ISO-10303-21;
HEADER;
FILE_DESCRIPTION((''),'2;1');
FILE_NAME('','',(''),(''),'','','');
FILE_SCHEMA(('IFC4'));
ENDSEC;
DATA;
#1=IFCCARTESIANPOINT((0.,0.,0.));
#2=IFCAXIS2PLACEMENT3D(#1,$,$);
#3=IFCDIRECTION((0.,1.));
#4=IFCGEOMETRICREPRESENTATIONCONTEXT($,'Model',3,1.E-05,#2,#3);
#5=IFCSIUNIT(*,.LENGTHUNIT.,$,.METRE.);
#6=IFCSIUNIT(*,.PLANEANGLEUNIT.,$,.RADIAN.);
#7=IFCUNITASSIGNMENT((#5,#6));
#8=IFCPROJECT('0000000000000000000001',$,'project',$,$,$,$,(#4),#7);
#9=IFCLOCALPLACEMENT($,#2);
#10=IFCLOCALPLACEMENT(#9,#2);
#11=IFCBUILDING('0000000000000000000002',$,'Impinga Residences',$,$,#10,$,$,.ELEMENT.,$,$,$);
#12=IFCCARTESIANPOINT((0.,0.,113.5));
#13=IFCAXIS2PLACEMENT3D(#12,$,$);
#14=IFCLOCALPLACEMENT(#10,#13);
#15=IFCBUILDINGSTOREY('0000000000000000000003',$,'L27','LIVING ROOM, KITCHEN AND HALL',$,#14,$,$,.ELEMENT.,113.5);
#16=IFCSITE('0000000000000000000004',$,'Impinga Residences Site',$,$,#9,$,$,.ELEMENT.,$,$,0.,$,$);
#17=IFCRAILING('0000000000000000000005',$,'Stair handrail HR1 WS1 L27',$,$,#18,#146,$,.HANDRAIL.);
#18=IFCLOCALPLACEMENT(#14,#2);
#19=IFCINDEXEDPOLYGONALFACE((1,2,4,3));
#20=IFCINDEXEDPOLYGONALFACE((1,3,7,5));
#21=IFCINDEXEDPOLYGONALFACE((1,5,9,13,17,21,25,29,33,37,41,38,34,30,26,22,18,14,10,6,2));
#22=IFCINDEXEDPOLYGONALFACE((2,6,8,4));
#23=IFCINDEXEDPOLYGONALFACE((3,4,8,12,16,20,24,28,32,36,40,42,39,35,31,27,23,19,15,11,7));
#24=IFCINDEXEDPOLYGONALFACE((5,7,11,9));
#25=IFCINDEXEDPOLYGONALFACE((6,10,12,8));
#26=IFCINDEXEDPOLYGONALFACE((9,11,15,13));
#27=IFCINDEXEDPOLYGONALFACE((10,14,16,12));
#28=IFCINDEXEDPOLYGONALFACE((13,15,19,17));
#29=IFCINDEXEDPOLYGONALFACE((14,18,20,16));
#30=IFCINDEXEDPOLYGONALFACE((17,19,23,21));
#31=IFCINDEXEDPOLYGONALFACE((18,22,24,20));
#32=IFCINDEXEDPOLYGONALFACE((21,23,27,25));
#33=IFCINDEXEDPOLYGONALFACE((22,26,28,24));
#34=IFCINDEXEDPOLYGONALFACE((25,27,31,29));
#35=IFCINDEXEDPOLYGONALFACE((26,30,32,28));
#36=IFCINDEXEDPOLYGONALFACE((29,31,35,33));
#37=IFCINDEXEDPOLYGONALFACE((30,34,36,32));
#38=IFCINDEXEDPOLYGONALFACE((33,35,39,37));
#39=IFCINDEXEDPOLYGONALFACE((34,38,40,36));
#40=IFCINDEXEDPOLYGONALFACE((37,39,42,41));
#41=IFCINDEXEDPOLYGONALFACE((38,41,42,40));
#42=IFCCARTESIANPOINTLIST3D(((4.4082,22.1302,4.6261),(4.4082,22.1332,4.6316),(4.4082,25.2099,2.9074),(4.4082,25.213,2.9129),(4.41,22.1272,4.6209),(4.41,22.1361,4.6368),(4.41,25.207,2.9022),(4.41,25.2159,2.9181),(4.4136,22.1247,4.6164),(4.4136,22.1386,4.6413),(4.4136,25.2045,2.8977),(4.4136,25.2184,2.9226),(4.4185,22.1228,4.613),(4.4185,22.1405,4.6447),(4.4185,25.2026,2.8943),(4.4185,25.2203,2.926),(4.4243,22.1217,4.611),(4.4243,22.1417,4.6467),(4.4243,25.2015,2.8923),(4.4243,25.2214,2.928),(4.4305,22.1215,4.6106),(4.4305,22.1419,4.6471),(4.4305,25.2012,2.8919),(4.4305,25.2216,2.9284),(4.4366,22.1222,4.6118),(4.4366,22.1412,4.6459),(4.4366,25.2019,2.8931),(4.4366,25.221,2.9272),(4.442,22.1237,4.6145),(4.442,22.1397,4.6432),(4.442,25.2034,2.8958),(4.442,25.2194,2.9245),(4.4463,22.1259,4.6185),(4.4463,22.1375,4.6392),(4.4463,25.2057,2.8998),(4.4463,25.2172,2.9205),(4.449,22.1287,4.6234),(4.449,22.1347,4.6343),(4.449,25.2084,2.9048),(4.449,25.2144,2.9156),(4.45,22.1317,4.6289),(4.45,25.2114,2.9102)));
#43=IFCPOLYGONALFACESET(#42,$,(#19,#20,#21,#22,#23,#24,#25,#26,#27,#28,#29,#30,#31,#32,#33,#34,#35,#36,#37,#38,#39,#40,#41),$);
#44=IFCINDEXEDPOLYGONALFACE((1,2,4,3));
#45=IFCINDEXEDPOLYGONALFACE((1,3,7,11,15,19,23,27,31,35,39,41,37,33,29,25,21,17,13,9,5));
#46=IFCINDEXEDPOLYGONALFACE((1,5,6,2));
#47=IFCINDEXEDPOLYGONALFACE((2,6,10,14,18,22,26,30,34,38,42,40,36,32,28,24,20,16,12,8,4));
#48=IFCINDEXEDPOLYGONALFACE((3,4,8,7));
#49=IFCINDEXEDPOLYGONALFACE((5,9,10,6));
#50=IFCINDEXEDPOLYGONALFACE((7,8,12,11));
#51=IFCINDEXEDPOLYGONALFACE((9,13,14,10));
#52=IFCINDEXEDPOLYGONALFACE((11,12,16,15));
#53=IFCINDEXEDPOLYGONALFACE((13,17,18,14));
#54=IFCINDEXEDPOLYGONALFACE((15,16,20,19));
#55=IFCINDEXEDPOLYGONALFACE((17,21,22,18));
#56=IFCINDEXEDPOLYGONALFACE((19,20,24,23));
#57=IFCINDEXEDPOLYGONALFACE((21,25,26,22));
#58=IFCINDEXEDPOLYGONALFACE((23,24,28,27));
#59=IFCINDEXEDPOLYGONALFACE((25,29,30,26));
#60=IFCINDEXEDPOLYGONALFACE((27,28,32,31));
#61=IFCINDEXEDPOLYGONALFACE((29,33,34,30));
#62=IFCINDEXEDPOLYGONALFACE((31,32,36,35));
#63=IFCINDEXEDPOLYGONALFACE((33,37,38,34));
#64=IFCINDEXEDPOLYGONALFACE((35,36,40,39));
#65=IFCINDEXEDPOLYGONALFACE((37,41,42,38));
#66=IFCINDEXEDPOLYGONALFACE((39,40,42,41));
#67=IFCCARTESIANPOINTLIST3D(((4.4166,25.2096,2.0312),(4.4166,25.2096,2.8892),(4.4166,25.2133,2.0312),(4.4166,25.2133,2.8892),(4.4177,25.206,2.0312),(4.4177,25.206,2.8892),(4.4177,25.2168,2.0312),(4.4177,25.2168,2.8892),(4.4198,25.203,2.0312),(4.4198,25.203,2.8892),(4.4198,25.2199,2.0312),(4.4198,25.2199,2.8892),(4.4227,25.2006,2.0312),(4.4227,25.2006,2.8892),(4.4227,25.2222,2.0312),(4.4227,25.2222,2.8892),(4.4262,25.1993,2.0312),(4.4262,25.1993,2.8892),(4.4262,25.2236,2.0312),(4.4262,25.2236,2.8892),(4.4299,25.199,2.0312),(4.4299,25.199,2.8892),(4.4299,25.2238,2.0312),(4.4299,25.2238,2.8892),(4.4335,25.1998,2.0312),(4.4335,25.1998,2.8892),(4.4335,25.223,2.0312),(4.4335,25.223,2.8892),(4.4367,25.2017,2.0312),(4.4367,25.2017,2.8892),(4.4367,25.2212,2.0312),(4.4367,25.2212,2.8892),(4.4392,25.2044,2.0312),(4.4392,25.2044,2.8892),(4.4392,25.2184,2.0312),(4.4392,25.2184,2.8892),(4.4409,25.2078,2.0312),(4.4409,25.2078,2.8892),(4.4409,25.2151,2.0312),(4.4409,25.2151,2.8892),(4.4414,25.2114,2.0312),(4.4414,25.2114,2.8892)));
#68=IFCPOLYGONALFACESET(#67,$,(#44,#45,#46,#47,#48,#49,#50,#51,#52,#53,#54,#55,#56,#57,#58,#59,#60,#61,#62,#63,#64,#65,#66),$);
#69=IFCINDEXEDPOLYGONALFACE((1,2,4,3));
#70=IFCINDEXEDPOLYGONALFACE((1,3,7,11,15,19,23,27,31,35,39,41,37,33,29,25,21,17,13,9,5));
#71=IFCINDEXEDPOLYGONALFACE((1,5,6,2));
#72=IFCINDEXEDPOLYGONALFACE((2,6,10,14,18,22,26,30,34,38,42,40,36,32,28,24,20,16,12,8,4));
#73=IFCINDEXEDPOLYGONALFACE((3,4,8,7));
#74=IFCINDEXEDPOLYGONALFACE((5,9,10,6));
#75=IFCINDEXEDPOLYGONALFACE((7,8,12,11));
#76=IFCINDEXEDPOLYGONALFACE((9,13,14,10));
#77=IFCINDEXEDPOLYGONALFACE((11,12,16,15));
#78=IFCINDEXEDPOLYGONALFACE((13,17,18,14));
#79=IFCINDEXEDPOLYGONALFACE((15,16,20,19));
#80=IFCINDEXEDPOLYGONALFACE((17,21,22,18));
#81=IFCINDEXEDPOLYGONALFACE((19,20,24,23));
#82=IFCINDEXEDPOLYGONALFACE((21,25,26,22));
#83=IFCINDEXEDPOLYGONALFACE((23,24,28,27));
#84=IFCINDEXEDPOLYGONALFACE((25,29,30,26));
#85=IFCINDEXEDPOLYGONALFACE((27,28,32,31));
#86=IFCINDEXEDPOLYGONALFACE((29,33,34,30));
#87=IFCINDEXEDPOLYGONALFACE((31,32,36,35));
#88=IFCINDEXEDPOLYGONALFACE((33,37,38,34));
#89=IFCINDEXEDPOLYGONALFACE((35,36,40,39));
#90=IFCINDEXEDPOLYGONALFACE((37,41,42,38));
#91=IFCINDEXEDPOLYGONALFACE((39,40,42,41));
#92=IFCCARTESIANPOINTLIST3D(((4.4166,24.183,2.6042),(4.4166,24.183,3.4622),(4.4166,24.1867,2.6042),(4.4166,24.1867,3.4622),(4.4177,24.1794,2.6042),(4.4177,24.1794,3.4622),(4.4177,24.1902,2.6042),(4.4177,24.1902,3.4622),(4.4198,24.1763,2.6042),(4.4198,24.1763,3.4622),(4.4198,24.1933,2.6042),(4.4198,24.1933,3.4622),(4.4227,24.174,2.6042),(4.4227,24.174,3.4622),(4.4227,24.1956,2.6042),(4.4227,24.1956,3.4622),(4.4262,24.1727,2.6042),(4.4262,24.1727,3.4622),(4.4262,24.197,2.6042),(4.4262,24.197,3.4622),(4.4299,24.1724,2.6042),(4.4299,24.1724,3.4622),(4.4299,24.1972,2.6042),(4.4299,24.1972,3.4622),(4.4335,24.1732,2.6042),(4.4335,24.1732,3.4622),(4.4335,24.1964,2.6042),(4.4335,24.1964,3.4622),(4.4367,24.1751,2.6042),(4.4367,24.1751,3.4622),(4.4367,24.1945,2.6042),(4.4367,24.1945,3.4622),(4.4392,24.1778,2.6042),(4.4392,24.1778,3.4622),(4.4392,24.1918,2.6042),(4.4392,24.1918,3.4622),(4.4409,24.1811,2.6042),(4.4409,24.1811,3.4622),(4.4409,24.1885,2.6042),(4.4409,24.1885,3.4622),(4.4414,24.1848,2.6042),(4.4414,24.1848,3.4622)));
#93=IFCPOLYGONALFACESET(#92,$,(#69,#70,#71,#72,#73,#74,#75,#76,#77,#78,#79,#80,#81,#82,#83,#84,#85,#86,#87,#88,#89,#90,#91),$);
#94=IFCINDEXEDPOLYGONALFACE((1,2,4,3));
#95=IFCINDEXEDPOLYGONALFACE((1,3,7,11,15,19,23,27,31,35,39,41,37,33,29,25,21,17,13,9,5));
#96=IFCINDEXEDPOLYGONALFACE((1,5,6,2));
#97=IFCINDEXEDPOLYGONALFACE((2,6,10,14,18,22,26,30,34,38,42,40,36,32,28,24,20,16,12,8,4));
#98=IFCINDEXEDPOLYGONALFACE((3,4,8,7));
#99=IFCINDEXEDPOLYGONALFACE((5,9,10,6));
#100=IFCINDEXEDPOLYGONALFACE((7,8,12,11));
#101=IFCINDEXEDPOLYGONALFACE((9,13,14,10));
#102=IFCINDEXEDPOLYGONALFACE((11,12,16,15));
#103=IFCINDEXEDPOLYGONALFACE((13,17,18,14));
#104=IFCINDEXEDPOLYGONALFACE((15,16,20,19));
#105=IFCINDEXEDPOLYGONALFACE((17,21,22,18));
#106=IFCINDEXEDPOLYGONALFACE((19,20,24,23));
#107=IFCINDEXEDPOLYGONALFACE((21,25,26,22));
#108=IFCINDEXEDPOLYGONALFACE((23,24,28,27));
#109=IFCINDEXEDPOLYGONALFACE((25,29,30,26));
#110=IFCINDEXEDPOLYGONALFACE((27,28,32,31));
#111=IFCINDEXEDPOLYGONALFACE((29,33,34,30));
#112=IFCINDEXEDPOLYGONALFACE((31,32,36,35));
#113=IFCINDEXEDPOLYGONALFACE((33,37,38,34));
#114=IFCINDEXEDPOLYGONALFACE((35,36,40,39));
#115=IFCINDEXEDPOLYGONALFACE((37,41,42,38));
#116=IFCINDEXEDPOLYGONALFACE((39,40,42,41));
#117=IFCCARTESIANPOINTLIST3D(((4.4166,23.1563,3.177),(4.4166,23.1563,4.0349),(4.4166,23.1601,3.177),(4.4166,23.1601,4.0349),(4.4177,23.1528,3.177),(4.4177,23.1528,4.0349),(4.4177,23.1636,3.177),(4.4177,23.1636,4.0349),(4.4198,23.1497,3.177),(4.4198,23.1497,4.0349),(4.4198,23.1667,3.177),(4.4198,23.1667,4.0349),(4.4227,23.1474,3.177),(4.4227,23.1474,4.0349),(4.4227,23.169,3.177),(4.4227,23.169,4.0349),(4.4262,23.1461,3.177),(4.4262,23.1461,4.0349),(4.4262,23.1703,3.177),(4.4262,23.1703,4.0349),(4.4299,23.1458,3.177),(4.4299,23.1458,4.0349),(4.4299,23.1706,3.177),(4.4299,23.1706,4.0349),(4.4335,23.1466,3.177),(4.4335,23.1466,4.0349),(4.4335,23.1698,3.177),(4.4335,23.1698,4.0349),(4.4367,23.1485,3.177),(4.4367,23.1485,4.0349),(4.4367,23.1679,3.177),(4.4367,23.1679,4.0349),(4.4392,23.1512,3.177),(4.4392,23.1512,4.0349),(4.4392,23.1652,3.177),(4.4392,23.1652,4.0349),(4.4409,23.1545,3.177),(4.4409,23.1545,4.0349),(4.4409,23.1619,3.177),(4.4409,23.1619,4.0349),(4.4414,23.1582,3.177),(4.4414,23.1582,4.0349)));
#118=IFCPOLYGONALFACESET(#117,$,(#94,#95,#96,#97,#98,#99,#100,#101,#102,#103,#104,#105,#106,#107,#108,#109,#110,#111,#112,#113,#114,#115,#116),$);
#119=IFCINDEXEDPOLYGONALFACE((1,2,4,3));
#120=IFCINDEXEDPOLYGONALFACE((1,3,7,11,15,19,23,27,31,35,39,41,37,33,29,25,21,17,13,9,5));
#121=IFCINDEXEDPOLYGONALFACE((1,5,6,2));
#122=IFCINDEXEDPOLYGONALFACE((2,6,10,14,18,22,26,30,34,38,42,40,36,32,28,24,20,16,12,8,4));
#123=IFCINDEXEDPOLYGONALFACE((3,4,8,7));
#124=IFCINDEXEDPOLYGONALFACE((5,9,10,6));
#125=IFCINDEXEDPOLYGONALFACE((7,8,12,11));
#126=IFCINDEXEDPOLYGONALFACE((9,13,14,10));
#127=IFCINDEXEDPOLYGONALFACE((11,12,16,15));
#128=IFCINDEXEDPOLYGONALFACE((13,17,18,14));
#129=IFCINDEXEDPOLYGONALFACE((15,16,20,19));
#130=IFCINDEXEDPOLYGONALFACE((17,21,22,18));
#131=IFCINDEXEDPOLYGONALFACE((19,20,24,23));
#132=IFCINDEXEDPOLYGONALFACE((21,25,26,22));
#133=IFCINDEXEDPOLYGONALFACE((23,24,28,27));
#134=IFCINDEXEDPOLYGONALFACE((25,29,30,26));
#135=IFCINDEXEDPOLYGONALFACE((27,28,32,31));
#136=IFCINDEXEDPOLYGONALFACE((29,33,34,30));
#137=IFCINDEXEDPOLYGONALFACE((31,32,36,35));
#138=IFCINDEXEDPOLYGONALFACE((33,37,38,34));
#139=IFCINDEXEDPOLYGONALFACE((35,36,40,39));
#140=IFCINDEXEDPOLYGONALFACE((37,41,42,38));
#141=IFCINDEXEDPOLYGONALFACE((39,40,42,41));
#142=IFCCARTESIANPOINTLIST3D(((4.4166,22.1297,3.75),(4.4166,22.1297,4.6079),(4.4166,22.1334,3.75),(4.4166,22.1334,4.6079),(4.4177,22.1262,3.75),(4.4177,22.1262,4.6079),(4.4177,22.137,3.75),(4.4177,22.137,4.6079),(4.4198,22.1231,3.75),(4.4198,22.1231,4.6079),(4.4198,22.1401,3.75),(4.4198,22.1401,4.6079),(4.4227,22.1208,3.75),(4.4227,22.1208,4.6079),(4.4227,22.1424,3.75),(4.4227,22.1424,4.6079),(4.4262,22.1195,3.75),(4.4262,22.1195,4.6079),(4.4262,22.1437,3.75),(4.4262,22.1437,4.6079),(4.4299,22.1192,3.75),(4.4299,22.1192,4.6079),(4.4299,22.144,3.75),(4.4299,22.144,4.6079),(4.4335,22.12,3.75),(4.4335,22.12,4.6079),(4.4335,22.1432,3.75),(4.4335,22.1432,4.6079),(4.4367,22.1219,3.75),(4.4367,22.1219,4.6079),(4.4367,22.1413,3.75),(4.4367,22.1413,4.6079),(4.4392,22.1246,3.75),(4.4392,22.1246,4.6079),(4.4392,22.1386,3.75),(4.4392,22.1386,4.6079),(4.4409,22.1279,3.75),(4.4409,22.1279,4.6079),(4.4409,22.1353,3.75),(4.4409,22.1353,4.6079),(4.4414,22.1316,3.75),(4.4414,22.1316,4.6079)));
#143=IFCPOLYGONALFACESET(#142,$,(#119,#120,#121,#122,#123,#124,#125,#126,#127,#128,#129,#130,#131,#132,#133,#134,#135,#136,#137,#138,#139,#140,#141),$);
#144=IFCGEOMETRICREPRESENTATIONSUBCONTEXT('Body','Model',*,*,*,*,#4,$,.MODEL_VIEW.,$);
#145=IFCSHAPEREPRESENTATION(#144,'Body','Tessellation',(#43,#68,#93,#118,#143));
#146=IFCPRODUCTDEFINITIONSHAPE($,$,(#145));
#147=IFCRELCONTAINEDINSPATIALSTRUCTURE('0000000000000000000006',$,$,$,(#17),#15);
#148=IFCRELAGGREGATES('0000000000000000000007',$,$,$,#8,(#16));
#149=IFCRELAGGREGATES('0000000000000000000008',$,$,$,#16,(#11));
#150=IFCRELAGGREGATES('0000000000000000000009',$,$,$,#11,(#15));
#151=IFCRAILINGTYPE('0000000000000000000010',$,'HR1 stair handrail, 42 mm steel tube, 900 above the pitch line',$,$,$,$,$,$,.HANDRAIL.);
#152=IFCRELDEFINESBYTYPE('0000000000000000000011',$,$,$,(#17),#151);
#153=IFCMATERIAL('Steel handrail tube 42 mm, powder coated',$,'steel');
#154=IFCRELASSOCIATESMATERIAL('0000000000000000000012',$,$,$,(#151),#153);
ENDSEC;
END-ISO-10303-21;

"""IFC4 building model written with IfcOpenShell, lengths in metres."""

from ifc_helpers import new_model, si_unit, direction, frame, origin, origin_2d, place, context, subcontext, project, spatial, circle, extrude, material, type_object, element, save


model = new_model("IFC4")

# Units and contexts
model_context = context("Model", 3, precision=1e-05, world=origin(), true_north=direction((0.0, 1.0)))
body_context = subcontext(model_context, "Body", "Model", "MODEL_VIEW")
ifc_project = project(units=[si_unit("LENGTHUNIT", "METRE"), si_unit("PLANEANGLEUNIT", "RADIAN")], contexts=[model_context])

# Site, building, storey
site_placement = place(None, origin())
site = spatial("IfcSite", under=ifc_project, at=site_placement, Name="Impinga Residences Site", CompositionType="ELEMENT", RefElevation=0.0)
building_placement = place(site_placement, origin())
building = spatial("IfcBuilding", under=site, at=building_placement, Name="Impinga Residences", CompositionType="ELEMENT")
storey_placement = place(building_placement, frame((0.0, 0.0, 113.5)))
storey = spatial("IfcBuildingStorey", under=building, at=storey_placement, Name="L27", Description="LIVING ROOM, KITCHEN AND HALL", CompositionType="ELEMENT", Elevation=113.5)

# Railing
ifc_material_1 = material(Name="Steel handrail tube 42 mm, powder coated", Category="steel")
railing_type_1 = type_object("IfcRailingType", Name="HR1 stair handrail, 42 mm steel tube, 900 above the pitch line", PredefinedType="HANDRAIL", material=ifc_material_1)
railing_1_placement = place(storey_placement, frame((4.429, 25.2114, 2.0312)))
element("IfcRailing", 1, at=railing_1_placement, inside=storey, type_object=railing_type_1, Name="Stair handrail HR1 WS1 L27", PredefinedType="HANDRAIL", context=body_context, shape_type="SweptSolid", body=[
    extrude(circle(Radius=0.021, at=origin_2d()), frame((0.0, 0.0, 0.8789), z_axis=(0.0, -0.873225, 0.487317), x_axis=(1.0, 0.0, 0.0)), (0.0, 0.0, 1.0), 3.5269),
    extrude(circle(Radius=0.0125, at=origin_2d()), origin(), (0.0, 0.0, 1.0), 0.8579),
    extrude(circle(Radius=0.0125, at=origin_2d()), frame((0.0, -1.0266, 0.573)), (0.0, 0.0, 1.0), 0.8579),
    extrude(circle(Radius=0.0125, at=origin_2d()), frame((0.0, -2.0532, 1.1458)), (0.0, 0.0, 1.0), 0.8579),
    extrude(circle(Radius=0.0125, at=origin_2d()), frame((0.0, -3.0798, 1.7188)), (0.0, 0.0, 1.0), 0.8579),
])

save(model, "model.ifc")
